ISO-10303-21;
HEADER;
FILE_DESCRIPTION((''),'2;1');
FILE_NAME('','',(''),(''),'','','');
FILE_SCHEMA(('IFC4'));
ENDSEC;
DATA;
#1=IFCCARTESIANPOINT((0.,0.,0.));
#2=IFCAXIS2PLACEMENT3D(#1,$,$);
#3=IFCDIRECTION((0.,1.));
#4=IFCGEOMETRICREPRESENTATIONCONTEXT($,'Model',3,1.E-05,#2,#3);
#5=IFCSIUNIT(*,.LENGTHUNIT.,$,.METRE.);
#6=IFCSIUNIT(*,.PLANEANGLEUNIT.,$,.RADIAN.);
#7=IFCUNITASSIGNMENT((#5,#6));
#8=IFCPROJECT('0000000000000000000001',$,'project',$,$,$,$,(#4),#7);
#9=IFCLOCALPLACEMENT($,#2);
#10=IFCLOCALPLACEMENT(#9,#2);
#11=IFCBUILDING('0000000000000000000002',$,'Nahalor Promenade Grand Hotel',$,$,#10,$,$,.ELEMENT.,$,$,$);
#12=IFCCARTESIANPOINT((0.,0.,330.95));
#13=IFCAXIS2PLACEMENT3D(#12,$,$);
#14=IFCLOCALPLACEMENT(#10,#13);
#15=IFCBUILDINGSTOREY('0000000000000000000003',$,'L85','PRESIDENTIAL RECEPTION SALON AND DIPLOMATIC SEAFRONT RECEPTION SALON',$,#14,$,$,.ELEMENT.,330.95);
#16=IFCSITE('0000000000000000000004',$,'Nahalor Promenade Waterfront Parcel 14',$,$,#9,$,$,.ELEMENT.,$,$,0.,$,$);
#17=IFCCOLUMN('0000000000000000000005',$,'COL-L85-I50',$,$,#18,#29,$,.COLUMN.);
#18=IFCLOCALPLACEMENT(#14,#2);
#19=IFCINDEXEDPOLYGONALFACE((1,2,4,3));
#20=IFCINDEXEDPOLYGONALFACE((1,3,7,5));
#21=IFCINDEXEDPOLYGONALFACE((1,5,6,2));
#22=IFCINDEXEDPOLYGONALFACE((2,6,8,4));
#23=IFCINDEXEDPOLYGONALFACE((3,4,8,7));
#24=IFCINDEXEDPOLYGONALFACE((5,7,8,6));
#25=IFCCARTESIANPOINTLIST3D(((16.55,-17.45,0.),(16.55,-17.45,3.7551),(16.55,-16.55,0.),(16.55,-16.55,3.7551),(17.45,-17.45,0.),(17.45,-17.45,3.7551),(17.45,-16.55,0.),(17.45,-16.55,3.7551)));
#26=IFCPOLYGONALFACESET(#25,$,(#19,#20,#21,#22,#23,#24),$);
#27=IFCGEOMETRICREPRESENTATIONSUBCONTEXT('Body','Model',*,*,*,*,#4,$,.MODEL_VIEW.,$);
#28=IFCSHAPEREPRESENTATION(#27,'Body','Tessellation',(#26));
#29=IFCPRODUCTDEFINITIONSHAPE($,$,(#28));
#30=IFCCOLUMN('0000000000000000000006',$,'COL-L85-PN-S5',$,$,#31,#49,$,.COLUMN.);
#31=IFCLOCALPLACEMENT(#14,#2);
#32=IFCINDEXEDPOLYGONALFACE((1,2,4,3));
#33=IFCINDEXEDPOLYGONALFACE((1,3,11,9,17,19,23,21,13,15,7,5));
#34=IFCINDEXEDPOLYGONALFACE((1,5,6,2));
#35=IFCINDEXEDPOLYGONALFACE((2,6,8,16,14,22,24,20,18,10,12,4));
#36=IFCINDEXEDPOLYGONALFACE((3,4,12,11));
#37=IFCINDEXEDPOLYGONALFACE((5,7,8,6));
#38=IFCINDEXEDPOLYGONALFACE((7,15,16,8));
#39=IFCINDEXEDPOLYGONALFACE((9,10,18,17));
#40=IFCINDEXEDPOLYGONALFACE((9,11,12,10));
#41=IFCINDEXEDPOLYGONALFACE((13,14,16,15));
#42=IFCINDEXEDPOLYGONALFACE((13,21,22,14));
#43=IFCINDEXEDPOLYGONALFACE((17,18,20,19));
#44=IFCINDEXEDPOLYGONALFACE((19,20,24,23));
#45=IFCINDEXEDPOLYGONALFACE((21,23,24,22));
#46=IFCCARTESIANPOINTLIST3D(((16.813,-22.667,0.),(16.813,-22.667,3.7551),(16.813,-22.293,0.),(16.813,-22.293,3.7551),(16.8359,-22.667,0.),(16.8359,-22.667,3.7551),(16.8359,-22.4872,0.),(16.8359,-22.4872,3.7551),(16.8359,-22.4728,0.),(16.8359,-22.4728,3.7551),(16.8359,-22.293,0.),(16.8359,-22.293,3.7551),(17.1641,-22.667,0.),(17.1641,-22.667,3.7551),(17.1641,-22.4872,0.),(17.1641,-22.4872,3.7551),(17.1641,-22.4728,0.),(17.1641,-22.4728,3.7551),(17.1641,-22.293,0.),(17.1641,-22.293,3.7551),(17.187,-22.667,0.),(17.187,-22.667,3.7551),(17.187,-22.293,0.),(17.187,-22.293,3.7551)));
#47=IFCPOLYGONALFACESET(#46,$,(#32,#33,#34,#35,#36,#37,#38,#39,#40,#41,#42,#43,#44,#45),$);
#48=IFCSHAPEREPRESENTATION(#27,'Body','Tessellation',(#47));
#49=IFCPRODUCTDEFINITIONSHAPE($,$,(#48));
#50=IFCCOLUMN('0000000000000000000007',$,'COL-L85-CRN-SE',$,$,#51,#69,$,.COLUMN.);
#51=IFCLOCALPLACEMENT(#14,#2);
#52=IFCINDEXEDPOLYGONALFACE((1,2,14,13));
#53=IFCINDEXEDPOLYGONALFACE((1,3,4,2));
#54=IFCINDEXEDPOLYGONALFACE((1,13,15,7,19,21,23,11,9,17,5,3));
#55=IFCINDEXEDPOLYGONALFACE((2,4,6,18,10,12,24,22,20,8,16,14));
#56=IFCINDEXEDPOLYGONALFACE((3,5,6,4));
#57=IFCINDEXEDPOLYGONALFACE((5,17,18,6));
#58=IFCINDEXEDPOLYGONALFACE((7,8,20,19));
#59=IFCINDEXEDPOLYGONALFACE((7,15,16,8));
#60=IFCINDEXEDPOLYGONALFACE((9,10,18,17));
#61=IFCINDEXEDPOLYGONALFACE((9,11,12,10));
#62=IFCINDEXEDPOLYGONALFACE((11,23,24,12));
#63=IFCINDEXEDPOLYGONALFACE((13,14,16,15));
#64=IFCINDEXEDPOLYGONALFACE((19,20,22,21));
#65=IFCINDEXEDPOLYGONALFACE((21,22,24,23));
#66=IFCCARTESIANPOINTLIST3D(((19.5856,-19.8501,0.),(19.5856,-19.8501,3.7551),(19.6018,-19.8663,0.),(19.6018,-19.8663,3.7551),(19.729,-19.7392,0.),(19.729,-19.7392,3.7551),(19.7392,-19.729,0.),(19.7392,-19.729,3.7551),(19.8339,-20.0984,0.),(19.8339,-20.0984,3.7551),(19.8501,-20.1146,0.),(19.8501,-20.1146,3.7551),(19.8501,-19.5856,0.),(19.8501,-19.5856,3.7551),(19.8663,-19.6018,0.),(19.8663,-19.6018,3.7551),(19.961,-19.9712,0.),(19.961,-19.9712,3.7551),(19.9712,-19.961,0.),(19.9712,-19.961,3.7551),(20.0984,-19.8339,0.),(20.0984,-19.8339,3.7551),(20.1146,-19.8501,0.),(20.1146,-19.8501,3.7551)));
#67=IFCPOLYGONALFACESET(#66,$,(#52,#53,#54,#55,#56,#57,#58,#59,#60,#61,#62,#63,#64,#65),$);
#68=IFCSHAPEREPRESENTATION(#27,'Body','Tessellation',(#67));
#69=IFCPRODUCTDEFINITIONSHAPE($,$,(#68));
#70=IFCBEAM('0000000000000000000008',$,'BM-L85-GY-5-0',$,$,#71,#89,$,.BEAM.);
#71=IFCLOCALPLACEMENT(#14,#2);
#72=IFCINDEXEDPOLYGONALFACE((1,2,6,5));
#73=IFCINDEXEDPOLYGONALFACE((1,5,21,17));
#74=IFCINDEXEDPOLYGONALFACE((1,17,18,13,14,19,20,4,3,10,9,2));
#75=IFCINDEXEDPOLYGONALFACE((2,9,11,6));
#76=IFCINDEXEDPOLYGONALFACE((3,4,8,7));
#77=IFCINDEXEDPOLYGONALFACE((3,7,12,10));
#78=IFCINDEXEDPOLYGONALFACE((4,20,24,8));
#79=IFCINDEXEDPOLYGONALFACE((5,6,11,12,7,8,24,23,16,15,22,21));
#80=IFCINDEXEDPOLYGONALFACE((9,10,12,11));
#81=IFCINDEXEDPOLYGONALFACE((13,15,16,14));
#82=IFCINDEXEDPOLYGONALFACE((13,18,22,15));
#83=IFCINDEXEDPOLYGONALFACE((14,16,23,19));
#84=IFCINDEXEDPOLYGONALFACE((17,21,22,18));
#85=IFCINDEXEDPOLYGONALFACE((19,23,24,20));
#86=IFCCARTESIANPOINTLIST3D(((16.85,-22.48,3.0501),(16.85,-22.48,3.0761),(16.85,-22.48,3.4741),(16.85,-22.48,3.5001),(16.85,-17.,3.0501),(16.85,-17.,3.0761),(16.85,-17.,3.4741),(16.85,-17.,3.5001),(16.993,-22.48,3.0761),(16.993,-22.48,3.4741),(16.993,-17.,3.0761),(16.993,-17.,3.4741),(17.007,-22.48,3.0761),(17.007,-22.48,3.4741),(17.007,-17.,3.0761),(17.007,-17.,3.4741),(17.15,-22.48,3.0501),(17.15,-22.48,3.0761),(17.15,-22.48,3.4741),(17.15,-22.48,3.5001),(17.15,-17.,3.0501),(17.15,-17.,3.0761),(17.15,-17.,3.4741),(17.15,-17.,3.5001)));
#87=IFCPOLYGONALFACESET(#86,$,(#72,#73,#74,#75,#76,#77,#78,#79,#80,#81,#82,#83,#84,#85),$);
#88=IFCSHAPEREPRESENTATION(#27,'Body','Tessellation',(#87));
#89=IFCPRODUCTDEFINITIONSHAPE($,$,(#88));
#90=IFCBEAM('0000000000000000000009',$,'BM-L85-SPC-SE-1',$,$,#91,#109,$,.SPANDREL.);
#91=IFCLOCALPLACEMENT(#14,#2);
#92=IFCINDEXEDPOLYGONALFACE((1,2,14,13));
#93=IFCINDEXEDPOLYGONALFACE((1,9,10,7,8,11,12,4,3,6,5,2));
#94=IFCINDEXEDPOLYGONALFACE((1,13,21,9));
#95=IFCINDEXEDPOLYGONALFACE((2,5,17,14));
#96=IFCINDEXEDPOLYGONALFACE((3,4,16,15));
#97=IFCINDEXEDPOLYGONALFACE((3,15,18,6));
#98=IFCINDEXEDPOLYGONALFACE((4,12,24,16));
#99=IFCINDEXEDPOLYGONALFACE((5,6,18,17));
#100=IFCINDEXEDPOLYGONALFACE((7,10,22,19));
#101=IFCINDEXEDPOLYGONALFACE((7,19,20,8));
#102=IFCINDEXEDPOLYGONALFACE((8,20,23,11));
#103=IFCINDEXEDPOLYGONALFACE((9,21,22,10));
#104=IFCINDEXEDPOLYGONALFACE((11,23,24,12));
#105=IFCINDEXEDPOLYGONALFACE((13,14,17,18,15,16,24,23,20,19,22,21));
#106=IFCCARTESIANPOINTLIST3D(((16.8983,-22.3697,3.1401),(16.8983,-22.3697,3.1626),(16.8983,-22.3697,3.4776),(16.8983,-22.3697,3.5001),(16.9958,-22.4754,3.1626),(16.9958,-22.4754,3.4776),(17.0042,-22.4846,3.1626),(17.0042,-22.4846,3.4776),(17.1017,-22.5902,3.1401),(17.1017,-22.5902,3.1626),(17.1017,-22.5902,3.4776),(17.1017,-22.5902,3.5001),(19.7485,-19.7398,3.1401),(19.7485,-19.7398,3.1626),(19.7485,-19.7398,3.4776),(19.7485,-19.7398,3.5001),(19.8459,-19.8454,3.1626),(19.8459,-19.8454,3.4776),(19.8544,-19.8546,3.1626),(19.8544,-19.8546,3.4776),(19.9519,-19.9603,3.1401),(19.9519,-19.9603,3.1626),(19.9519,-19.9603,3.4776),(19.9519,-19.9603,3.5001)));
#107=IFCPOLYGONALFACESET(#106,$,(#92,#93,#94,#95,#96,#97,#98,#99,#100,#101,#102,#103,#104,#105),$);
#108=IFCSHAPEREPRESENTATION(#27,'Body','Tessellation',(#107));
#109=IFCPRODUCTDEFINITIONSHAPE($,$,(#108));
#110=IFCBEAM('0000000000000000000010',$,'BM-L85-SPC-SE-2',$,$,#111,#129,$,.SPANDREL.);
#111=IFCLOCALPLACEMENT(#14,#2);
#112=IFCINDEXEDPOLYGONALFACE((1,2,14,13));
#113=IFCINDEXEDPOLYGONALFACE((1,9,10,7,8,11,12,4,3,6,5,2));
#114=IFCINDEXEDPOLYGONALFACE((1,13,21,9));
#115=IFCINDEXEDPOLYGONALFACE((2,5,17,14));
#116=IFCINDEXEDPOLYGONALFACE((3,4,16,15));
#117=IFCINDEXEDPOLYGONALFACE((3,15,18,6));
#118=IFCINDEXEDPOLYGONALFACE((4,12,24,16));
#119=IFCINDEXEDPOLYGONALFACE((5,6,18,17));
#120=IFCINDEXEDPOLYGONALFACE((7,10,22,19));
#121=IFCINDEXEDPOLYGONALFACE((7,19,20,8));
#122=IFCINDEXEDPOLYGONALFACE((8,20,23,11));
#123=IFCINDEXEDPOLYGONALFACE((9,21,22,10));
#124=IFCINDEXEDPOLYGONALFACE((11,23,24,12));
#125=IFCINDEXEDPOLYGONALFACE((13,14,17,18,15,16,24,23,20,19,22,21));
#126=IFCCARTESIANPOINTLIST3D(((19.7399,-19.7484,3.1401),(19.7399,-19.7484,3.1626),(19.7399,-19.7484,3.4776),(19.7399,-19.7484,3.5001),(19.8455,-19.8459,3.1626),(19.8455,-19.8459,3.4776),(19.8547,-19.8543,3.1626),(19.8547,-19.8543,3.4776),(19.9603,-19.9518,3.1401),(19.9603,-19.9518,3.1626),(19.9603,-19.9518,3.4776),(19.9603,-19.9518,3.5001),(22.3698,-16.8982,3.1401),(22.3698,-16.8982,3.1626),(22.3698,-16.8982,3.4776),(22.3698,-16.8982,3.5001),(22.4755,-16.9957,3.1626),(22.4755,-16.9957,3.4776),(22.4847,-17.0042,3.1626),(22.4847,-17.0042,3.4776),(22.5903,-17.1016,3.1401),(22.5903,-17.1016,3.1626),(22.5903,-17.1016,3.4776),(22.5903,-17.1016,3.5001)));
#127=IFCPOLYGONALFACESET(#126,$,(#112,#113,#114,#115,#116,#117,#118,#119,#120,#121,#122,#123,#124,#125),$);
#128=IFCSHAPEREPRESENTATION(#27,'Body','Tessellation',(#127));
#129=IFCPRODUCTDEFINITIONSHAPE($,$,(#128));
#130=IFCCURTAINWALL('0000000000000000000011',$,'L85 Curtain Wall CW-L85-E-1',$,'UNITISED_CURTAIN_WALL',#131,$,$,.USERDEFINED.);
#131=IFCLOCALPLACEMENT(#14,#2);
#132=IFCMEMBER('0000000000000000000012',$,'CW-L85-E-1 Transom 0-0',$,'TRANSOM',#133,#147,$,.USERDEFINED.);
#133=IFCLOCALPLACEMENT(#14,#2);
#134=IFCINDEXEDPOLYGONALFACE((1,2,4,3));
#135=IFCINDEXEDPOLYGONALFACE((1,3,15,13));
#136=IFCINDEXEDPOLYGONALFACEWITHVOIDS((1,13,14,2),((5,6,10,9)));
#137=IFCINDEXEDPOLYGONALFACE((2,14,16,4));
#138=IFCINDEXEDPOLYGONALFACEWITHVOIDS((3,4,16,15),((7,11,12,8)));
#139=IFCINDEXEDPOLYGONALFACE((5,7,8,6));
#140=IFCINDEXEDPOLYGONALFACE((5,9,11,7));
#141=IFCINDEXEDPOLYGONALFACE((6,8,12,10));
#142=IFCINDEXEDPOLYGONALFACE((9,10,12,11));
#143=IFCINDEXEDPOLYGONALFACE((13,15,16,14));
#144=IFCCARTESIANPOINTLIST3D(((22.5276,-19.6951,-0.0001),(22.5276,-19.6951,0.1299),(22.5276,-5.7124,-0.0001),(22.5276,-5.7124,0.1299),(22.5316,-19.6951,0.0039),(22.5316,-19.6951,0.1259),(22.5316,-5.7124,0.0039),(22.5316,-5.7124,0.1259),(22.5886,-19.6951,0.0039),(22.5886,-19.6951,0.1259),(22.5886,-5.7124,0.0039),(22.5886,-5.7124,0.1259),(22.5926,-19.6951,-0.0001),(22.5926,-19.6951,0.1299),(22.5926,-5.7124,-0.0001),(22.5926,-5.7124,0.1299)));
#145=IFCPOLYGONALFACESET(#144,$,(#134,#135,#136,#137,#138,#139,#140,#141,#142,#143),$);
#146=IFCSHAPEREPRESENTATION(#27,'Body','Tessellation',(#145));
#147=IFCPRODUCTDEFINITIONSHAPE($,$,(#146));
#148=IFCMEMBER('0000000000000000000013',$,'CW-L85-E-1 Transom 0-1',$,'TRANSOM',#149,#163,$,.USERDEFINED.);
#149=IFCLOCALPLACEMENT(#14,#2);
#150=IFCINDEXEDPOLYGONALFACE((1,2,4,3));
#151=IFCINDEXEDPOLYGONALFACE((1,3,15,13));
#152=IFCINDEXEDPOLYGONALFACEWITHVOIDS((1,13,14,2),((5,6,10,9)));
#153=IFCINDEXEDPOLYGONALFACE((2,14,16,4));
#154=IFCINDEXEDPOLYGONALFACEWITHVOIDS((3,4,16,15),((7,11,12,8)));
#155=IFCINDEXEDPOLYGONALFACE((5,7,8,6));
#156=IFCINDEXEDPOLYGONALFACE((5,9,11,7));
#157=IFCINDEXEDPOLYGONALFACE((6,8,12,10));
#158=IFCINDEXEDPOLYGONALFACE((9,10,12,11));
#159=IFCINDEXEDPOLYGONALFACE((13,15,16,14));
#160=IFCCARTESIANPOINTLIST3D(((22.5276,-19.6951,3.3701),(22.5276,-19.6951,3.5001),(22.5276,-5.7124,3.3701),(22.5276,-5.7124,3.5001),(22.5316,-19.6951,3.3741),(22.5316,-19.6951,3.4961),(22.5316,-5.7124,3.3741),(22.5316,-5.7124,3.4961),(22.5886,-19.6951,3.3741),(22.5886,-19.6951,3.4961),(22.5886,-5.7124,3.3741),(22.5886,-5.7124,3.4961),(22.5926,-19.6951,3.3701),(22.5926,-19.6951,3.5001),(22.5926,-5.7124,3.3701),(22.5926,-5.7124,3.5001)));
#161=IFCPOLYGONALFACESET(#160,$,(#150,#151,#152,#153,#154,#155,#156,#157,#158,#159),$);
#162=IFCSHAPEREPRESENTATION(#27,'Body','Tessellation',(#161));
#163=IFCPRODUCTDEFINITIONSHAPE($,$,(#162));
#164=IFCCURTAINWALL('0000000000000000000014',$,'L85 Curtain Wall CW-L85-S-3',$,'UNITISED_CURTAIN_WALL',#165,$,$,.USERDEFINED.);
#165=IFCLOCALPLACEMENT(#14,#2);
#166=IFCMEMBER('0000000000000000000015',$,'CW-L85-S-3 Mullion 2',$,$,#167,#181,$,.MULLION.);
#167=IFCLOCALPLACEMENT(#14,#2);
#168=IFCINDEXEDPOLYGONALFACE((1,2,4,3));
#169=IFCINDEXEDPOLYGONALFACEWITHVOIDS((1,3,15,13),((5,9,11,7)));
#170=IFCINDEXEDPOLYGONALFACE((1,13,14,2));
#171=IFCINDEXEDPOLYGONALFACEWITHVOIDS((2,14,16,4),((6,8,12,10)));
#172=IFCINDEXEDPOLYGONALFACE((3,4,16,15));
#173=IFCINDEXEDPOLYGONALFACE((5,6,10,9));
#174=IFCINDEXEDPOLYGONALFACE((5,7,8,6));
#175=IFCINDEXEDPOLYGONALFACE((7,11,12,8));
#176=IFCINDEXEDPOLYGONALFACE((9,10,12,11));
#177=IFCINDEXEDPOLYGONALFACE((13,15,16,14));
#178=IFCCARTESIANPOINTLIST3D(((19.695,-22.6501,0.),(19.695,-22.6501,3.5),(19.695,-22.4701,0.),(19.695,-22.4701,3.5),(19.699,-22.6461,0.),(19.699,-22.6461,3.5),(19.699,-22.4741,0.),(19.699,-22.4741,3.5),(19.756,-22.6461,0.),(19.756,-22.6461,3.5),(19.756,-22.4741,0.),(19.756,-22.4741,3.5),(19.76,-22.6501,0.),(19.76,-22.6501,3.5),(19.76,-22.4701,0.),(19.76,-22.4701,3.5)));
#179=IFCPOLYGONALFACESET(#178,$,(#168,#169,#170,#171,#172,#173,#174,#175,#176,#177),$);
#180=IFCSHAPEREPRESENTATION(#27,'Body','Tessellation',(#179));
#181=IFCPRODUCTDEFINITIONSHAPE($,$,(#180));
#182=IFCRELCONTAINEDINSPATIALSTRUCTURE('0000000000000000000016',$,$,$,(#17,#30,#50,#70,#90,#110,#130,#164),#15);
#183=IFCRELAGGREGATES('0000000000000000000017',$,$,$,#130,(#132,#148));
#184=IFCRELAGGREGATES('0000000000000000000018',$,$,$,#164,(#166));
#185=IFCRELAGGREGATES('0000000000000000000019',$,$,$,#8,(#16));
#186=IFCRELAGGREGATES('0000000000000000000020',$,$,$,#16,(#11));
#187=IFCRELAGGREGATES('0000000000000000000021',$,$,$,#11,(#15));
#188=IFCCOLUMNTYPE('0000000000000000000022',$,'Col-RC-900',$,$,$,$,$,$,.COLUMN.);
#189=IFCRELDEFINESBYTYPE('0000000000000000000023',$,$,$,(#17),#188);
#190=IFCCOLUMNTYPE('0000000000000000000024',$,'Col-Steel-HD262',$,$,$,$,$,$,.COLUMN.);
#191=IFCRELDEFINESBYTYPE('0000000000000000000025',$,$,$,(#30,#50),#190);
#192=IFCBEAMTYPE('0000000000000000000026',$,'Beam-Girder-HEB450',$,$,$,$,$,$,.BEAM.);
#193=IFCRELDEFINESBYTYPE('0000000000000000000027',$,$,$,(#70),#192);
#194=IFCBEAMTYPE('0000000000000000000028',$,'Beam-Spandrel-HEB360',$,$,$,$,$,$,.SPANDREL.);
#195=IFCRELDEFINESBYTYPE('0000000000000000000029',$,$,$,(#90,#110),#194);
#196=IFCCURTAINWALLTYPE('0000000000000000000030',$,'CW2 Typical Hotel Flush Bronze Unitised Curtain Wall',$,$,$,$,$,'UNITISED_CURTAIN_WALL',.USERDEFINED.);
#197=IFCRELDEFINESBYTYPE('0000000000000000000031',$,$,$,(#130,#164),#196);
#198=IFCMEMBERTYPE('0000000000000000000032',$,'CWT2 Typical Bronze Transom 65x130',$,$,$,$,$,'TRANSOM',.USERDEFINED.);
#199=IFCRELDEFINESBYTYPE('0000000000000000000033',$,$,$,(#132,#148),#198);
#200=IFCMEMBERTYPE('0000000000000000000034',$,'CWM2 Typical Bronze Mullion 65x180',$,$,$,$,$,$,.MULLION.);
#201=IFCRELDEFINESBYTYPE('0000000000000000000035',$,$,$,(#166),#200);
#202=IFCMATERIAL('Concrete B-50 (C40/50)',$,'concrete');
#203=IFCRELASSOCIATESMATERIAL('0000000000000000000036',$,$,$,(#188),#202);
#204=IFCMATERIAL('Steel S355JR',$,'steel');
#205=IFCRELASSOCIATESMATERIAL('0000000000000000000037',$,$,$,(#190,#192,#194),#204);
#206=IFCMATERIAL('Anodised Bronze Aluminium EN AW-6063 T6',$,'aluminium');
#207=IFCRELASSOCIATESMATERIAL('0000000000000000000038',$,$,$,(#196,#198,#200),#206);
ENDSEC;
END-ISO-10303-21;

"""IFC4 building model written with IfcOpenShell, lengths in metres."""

from ifc_helpers import new_model, si_unit, direction, frame, origin, origin_2d, place, context, subcontext, project, spatial, rectangle, hollow_rectangle, i_section, extrude, source, transform, mapped, material, material_profile, profile_set, type_object, element, aggregate, save


model = new_model("IFC4")

# Units and contexts
model_context = context("Model", 3, precision=1e-05, world=origin(), true_north=direction((0.0, 1.0)))
body_context = subcontext(model_context, "Body", "Model", "MODEL_VIEW")
ifc_project = project(units=[si_unit("LENGTHUNIT", "METRE"), si_unit("PLANEANGLEUNIT", "RADIAN")], contexts=[model_context])

# Site, building, storey
site_placement = place(None, origin())
site = spatial("IfcSite", under=ifc_project, at=site_placement, Name="Nahalor Promenade Waterfront Parcel 14", CompositionType="ELEMENT", RefElevation=0.0)
building_placement = place(site_placement, origin())
building = spatial("IfcBuilding", under=site, at=building_placement, Name="Nahalor Promenade Grand Hotel", CompositionType="ELEMENT")
storey_placement = place(building_placement, frame((0.0, 0.0, 330.95)))
storey = spatial("IfcBuildingStorey", under=building, at=storey_placement, Name="L85", Description="PRESIDENTIAL RECEPTION SALON AND DIPLOMATIC SEAFRONT RECEPTION SALON", CompositionType="ELEMENT", Elevation=330.95)

# Columns
ifc_material_1 = material(Name="Concrete B-50 (C40/50)", Category="concrete")
ifc_material_profile_1 = material_profile(ifc_material_1, rectangle(XDim=0.9, YDim=0.9, at=origin_2d()), Name="RC 900x900")
ifc_profile_set_1 = profile_set([ifc_material_profile_1], Name="Concrete B-50 (C40/50)")
column_type_1 = type_object("IfcColumnType", Name="Col-RC-900", PredefinedType="COLUMN", material=ifc_profile_set_1)
shared_shape_1 = source(origin(), body_context, "Body", "SweptSolid", [
    extrude(rectangle(XDim=0.9, YDim=0.9, at=origin_2d()), origin(), (0.0, 0.0, 1.0), 3.7551),
])
column_placement = place(storey_placement, frame((17.0, -17.0, 0.0), z_axis=(0.0, 0.0, 1.0), x_axis=(1.0, 0.0, 0.0)))
element("IfcColumn", 1, at=column_placement, inside=storey, type_object=column_type_1, Name="COL-L85-I50", PredefinedType="COLUMN", context=body_context, shape_type="MappedRepresentation", body=[
    mapped(shared_shape_1, transform((0.0, 0.0, 0.0), scale=1.0)),
])
ifc_material_2 = material(Name="Steel S355JR", Category="steel")
ifc_material_profile_2 = material_profile(ifc_material_2, i_section(OverallWidth=0.374, OverallDepth=0.374, WebThickness=0.0144, FlangeThickness=0.0229, at=origin_2d()), Name="HD 360x262")
ifc_profile_set_2 = profile_set([ifc_material_profile_2], Name="Steel S355JR")
column_type_2 = type_object("IfcColumnType", Name="Col-Steel-HD262", PredefinedType="COLUMN", material=ifc_profile_set_2)
shared_shape_2 = source(origin(), body_context, "Body", "SweptSolid", [
    extrude(i_section(OverallWidth=0.374, OverallDepth=0.374, WebThickness=0.0144, FlangeThickness=0.0229, at=origin_2d()), origin(), (0.0, 0.0, 1.0), 3.7551),
])
for number, where, z_axis, x_axis, name in (
    (2, (17.0, -22.48, 0.0), (0.0, 0.0, 1.0), (0.0, 1.0, 0.0), "COL-L85-PN-S5"),
    (3, (19.8501, -19.8501, 0.0), (0.0, 0.0, 1.0), (0.707107, 0.707107, 0.0), "COL-L85-CRN-SE"),
):
    element("IfcColumn", number, at=place(storey_placement, frame(where, z_axis=z_axis, x_axis=x_axis)), inside=storey, type_object=column_type_2, Name=name, PredefinedType="COLUMN", context=body_context, shape_type="MappedRepresentation", body=[
        mapped(shared_shape_2, transform((0.0, 0.0, 0.0), scale=1.0)),
    ])

# Beams
ifc_material_profile_3 = material_profile(ifc_material_2, i_section(OverallWidth=0.3, OverallDepth=0.45, WebThickness=0.014, FlangeThickness=0.026, at=origin_2d()), Name="HEB 450")
ifc_profile_set_3 = profile_set([ifc_material_profile_3], Name="Steel S355JR")
beam_type_1 = type_object("IfcBeamType", Name="Beam-Girder-HEB450", PredefinedType="BEAM", material=ifc_profile_set_3)
shared_shape_3 = source(origin(), body_context, "Body", "SweptSolid", [
    extrude(i_section(OverallWidth=0.3, OverallDepth=0.45, WebThickness=0.014, FlangeThickness=0.026, at=origin_2d()), origin(), (0.0, 0.0, 1.0), 5.48),
])
beam_placement = place(storey_placement, frame((17.0, -22.48, 3.2751), z_axis=(0.0, 1.0, 0.0), x_axis=(-1.0, 0.0, 0.0)))
element("IfcBeam", 4, at=beam_placement, inside=storey, type_object=beam_type_1, Name="BM-L85-GY-5-0", PredefinedType="BEAM", context=body_context, shape_type="MappedRepresentation", body=[
    mapped(shared_shape_3, transform((0.0, 0.0, 0.0), scale=1.0)),
])
ifc_material_profile_4 = material_profile(ifc_material_2, i_section(OverallWidth=0.3, OverallDepth=0.36, WebThickness=0.0125, FlangeThickness=0.0225, at=origin_2d()), Name="HEB 360")
ifc_profile_set_4 = profile_set([ifc_material_profile_4], Name="Steel S355JR")
beam_type_2 = type_object("IfcBeamType", Name="Beam-Spandrel-HEB360", PredefinedType="SPANDREL", material=ifc_profile_set_4)
shared_shape_4 = source(origin(), body_context, "Body", "SweptSolid", [
    extrude(i_section(OverallWidth=0.3, OverallDepth=0.36, WebThickness=0.0125, FlangeThickness=0.0225, at=origin_2d()), origin(), (0.0, 0.0, 1.0), 3.8782),
])
for number, where, z_axis, x_axis, name in (
    (5, (17.0, -22.48, 3.3201), (0.734929, 0.678144, 0.0), (-0.678144, 0.734929, 0.0), "BM-L85-SPC-SE-1"),
    (6, (19.8501, -19.8501, 3.3201), (0.678144, 0.734929, 0.0), (-0.734929, 0.678144, 0.0), "BM-L85-SPC-SE-2"),
):
    element("IfcBeam", number, at=place(storey_placement, frame(where, z_axis=z_axis, x_axis=x_axis)), inside=storey, type_object=beam_type_2, Name=name, PredefinedType="SPANDREL", context=body_context, shape_type="MappedRepresentation", body=[
        mapped(shared_shape_4, transform((0.0, 0.0, 0.0), scale=1.0)),
    ])

# Curtain wall, members
ifc_material_3 = material(Name="Anodised Bronze Aluminium EN AW-6063 T6", Category="aluminium")
curtain_wall_type = type_object("IfcCurtainWallType", Name="CW2 Typical Hotel Flush Bronze Unitised Curtain Wall", ElementType="UNITISED_CURTAIN_WALL", PredefinedType="USERDEFINED", material=ifc_material_3)
curtain_wall_1_placement = place(storey_placement, origin())
curtain_wall_1 = element("IfcCurtainWall", 7, at=curtain_wall_1_placement, inside=storey, type_object=curtain_wall_type, Name="L85 Curtain Wall CW-L85-E-1", ObjectType="UNITISED_CURTAIN_WALL", PredefinedType="USERDEFINED")
ifc_material_profile_5 = material_profile(ifc_material_3, hollow_rectangle(XDim=0.065, YDim=0.13, WallThickness=0.004, at=origin_2d()), Name="CWT 65x130x4")
ifc_profile_set_5 = profile_set([ifc_material_profile_5], Name="Anodised Bronze Aluminium EN AW-6063 T6")
member_type_1 = type_object("IfcMemberType", Name="CWT2 Typical Bronze Transom 65x130", ElementType="TRANSOM", PredefinedType="USERDEFINED", material=ifc_profile_set_5)
shared_shape_5 = source(origin(), body_context, "Body", "SweptSolid", [
    extrude(hollow_rectangle(XDim=0.065, YDim=0.13, WallThickness=0.004, at=origin_2d()), origin(), (0.0, 0.0, 1.0), 13.9827),
])
member_1_placement = place(storey_placement, frame((22.5601, -19.6951, 0.0649), z_axis=(0.0, 1.0, 0.0), x_axis=(-1.0, 0.0, 0.0)))
member_1 = element("IfcMember", 8, at=member_1_placement, type_object=member_type_1, Name="CW-L85-E-1 Transom 0-0", ObjectType="TRANSOM", PredefinedType="USERDEFINED", context=body_context, shape_type="MappedRepresentation", body=[
    mapped(shared_shape_5, transform((0.0, 0.0, 0.0), scale=1.0)),
])
member_2_placement = place(storey_placement, frame((22.5601, -19.6951, 3.4351), z_axis=(0.0, 1.0, 0.0), x_axis=(-1.0, 0.0, 0.0)))
member_2 = element("IfcMember", 9, at=member_2_placement, type_object=member_type_1, Name="CW-L85-E-1 Transom 0-1", ObjectType="TRANSOM", PredefinedType="USERDEFINED", context=body_context, shape_type="MappedRepresentation", body=[
    mapped(shared_shape_5, transform((0.0, 0.0, 0.0), scale=1.0)),
])

# Curtain wall, member
curtain_wall_2_placement = place(storey_placement, origin())
curtain_wall_2 = element("IfcCurtainWall", 10, at=curtain_wall_2_placement, inside=storey, type_object=curtain_wall_type, Name="L85 Curtain Wall CW-L85-S-3", ObjectType="UNITISED_CURTAIN_WALL", PredefinedType="USERDEFINED")
ifc_material_profile_6 = material_profile(ifc_material_3, hollow_rectangle(XDim=0.065, YDim=0.18, WallThickness=0.004, at=origin_2d()), Name="CWM 65x180x4")
ifc_profile_set_6 = profile_set([ifc_material_profile_6], Name="Anodised Bronze Aluminium EN AW-6063 T6")
member_type_2 = type_object("IfcMemberType", Name="CWM2 Typical Bronze Mullion 65x180", PredefinedType="MULLION", material=ifc_profile_set_6)
shared_shape_6 = source(origin(), body_context, "Body", "SweptSolid", [
    extrude(hollow_rectangle(XDim=0.065, YDim=0.18, WallThickness=0.004, at=origin_2d()), origin(), (0.0, 0.0, 1.0), 3.5),
])
member_3_placement = place(storey_placement, frame((19.7275, -22.5601, 0.0), z_axis=(0.0, 0.0, 1.0), x_axis=(1.0, 0.0, 0.0)))
member_3 = element("IfcMember", 11, at=member_3_placement, type_object=member_type_2, Name="CW-L85-S-3 Mullion 2", PredefinedType="MULLION", context=body_context, shape_type="MappedRepresentation", body=[
    mapped(shared_shape_6, transform((0.0, 0.0, 0.0), scale=1.0)),
])

aggregate(curtain_wall_1, [member_1, member_2])

aggregate(curtain_wall_2, [member_3])

save(model, "model.ifc")
